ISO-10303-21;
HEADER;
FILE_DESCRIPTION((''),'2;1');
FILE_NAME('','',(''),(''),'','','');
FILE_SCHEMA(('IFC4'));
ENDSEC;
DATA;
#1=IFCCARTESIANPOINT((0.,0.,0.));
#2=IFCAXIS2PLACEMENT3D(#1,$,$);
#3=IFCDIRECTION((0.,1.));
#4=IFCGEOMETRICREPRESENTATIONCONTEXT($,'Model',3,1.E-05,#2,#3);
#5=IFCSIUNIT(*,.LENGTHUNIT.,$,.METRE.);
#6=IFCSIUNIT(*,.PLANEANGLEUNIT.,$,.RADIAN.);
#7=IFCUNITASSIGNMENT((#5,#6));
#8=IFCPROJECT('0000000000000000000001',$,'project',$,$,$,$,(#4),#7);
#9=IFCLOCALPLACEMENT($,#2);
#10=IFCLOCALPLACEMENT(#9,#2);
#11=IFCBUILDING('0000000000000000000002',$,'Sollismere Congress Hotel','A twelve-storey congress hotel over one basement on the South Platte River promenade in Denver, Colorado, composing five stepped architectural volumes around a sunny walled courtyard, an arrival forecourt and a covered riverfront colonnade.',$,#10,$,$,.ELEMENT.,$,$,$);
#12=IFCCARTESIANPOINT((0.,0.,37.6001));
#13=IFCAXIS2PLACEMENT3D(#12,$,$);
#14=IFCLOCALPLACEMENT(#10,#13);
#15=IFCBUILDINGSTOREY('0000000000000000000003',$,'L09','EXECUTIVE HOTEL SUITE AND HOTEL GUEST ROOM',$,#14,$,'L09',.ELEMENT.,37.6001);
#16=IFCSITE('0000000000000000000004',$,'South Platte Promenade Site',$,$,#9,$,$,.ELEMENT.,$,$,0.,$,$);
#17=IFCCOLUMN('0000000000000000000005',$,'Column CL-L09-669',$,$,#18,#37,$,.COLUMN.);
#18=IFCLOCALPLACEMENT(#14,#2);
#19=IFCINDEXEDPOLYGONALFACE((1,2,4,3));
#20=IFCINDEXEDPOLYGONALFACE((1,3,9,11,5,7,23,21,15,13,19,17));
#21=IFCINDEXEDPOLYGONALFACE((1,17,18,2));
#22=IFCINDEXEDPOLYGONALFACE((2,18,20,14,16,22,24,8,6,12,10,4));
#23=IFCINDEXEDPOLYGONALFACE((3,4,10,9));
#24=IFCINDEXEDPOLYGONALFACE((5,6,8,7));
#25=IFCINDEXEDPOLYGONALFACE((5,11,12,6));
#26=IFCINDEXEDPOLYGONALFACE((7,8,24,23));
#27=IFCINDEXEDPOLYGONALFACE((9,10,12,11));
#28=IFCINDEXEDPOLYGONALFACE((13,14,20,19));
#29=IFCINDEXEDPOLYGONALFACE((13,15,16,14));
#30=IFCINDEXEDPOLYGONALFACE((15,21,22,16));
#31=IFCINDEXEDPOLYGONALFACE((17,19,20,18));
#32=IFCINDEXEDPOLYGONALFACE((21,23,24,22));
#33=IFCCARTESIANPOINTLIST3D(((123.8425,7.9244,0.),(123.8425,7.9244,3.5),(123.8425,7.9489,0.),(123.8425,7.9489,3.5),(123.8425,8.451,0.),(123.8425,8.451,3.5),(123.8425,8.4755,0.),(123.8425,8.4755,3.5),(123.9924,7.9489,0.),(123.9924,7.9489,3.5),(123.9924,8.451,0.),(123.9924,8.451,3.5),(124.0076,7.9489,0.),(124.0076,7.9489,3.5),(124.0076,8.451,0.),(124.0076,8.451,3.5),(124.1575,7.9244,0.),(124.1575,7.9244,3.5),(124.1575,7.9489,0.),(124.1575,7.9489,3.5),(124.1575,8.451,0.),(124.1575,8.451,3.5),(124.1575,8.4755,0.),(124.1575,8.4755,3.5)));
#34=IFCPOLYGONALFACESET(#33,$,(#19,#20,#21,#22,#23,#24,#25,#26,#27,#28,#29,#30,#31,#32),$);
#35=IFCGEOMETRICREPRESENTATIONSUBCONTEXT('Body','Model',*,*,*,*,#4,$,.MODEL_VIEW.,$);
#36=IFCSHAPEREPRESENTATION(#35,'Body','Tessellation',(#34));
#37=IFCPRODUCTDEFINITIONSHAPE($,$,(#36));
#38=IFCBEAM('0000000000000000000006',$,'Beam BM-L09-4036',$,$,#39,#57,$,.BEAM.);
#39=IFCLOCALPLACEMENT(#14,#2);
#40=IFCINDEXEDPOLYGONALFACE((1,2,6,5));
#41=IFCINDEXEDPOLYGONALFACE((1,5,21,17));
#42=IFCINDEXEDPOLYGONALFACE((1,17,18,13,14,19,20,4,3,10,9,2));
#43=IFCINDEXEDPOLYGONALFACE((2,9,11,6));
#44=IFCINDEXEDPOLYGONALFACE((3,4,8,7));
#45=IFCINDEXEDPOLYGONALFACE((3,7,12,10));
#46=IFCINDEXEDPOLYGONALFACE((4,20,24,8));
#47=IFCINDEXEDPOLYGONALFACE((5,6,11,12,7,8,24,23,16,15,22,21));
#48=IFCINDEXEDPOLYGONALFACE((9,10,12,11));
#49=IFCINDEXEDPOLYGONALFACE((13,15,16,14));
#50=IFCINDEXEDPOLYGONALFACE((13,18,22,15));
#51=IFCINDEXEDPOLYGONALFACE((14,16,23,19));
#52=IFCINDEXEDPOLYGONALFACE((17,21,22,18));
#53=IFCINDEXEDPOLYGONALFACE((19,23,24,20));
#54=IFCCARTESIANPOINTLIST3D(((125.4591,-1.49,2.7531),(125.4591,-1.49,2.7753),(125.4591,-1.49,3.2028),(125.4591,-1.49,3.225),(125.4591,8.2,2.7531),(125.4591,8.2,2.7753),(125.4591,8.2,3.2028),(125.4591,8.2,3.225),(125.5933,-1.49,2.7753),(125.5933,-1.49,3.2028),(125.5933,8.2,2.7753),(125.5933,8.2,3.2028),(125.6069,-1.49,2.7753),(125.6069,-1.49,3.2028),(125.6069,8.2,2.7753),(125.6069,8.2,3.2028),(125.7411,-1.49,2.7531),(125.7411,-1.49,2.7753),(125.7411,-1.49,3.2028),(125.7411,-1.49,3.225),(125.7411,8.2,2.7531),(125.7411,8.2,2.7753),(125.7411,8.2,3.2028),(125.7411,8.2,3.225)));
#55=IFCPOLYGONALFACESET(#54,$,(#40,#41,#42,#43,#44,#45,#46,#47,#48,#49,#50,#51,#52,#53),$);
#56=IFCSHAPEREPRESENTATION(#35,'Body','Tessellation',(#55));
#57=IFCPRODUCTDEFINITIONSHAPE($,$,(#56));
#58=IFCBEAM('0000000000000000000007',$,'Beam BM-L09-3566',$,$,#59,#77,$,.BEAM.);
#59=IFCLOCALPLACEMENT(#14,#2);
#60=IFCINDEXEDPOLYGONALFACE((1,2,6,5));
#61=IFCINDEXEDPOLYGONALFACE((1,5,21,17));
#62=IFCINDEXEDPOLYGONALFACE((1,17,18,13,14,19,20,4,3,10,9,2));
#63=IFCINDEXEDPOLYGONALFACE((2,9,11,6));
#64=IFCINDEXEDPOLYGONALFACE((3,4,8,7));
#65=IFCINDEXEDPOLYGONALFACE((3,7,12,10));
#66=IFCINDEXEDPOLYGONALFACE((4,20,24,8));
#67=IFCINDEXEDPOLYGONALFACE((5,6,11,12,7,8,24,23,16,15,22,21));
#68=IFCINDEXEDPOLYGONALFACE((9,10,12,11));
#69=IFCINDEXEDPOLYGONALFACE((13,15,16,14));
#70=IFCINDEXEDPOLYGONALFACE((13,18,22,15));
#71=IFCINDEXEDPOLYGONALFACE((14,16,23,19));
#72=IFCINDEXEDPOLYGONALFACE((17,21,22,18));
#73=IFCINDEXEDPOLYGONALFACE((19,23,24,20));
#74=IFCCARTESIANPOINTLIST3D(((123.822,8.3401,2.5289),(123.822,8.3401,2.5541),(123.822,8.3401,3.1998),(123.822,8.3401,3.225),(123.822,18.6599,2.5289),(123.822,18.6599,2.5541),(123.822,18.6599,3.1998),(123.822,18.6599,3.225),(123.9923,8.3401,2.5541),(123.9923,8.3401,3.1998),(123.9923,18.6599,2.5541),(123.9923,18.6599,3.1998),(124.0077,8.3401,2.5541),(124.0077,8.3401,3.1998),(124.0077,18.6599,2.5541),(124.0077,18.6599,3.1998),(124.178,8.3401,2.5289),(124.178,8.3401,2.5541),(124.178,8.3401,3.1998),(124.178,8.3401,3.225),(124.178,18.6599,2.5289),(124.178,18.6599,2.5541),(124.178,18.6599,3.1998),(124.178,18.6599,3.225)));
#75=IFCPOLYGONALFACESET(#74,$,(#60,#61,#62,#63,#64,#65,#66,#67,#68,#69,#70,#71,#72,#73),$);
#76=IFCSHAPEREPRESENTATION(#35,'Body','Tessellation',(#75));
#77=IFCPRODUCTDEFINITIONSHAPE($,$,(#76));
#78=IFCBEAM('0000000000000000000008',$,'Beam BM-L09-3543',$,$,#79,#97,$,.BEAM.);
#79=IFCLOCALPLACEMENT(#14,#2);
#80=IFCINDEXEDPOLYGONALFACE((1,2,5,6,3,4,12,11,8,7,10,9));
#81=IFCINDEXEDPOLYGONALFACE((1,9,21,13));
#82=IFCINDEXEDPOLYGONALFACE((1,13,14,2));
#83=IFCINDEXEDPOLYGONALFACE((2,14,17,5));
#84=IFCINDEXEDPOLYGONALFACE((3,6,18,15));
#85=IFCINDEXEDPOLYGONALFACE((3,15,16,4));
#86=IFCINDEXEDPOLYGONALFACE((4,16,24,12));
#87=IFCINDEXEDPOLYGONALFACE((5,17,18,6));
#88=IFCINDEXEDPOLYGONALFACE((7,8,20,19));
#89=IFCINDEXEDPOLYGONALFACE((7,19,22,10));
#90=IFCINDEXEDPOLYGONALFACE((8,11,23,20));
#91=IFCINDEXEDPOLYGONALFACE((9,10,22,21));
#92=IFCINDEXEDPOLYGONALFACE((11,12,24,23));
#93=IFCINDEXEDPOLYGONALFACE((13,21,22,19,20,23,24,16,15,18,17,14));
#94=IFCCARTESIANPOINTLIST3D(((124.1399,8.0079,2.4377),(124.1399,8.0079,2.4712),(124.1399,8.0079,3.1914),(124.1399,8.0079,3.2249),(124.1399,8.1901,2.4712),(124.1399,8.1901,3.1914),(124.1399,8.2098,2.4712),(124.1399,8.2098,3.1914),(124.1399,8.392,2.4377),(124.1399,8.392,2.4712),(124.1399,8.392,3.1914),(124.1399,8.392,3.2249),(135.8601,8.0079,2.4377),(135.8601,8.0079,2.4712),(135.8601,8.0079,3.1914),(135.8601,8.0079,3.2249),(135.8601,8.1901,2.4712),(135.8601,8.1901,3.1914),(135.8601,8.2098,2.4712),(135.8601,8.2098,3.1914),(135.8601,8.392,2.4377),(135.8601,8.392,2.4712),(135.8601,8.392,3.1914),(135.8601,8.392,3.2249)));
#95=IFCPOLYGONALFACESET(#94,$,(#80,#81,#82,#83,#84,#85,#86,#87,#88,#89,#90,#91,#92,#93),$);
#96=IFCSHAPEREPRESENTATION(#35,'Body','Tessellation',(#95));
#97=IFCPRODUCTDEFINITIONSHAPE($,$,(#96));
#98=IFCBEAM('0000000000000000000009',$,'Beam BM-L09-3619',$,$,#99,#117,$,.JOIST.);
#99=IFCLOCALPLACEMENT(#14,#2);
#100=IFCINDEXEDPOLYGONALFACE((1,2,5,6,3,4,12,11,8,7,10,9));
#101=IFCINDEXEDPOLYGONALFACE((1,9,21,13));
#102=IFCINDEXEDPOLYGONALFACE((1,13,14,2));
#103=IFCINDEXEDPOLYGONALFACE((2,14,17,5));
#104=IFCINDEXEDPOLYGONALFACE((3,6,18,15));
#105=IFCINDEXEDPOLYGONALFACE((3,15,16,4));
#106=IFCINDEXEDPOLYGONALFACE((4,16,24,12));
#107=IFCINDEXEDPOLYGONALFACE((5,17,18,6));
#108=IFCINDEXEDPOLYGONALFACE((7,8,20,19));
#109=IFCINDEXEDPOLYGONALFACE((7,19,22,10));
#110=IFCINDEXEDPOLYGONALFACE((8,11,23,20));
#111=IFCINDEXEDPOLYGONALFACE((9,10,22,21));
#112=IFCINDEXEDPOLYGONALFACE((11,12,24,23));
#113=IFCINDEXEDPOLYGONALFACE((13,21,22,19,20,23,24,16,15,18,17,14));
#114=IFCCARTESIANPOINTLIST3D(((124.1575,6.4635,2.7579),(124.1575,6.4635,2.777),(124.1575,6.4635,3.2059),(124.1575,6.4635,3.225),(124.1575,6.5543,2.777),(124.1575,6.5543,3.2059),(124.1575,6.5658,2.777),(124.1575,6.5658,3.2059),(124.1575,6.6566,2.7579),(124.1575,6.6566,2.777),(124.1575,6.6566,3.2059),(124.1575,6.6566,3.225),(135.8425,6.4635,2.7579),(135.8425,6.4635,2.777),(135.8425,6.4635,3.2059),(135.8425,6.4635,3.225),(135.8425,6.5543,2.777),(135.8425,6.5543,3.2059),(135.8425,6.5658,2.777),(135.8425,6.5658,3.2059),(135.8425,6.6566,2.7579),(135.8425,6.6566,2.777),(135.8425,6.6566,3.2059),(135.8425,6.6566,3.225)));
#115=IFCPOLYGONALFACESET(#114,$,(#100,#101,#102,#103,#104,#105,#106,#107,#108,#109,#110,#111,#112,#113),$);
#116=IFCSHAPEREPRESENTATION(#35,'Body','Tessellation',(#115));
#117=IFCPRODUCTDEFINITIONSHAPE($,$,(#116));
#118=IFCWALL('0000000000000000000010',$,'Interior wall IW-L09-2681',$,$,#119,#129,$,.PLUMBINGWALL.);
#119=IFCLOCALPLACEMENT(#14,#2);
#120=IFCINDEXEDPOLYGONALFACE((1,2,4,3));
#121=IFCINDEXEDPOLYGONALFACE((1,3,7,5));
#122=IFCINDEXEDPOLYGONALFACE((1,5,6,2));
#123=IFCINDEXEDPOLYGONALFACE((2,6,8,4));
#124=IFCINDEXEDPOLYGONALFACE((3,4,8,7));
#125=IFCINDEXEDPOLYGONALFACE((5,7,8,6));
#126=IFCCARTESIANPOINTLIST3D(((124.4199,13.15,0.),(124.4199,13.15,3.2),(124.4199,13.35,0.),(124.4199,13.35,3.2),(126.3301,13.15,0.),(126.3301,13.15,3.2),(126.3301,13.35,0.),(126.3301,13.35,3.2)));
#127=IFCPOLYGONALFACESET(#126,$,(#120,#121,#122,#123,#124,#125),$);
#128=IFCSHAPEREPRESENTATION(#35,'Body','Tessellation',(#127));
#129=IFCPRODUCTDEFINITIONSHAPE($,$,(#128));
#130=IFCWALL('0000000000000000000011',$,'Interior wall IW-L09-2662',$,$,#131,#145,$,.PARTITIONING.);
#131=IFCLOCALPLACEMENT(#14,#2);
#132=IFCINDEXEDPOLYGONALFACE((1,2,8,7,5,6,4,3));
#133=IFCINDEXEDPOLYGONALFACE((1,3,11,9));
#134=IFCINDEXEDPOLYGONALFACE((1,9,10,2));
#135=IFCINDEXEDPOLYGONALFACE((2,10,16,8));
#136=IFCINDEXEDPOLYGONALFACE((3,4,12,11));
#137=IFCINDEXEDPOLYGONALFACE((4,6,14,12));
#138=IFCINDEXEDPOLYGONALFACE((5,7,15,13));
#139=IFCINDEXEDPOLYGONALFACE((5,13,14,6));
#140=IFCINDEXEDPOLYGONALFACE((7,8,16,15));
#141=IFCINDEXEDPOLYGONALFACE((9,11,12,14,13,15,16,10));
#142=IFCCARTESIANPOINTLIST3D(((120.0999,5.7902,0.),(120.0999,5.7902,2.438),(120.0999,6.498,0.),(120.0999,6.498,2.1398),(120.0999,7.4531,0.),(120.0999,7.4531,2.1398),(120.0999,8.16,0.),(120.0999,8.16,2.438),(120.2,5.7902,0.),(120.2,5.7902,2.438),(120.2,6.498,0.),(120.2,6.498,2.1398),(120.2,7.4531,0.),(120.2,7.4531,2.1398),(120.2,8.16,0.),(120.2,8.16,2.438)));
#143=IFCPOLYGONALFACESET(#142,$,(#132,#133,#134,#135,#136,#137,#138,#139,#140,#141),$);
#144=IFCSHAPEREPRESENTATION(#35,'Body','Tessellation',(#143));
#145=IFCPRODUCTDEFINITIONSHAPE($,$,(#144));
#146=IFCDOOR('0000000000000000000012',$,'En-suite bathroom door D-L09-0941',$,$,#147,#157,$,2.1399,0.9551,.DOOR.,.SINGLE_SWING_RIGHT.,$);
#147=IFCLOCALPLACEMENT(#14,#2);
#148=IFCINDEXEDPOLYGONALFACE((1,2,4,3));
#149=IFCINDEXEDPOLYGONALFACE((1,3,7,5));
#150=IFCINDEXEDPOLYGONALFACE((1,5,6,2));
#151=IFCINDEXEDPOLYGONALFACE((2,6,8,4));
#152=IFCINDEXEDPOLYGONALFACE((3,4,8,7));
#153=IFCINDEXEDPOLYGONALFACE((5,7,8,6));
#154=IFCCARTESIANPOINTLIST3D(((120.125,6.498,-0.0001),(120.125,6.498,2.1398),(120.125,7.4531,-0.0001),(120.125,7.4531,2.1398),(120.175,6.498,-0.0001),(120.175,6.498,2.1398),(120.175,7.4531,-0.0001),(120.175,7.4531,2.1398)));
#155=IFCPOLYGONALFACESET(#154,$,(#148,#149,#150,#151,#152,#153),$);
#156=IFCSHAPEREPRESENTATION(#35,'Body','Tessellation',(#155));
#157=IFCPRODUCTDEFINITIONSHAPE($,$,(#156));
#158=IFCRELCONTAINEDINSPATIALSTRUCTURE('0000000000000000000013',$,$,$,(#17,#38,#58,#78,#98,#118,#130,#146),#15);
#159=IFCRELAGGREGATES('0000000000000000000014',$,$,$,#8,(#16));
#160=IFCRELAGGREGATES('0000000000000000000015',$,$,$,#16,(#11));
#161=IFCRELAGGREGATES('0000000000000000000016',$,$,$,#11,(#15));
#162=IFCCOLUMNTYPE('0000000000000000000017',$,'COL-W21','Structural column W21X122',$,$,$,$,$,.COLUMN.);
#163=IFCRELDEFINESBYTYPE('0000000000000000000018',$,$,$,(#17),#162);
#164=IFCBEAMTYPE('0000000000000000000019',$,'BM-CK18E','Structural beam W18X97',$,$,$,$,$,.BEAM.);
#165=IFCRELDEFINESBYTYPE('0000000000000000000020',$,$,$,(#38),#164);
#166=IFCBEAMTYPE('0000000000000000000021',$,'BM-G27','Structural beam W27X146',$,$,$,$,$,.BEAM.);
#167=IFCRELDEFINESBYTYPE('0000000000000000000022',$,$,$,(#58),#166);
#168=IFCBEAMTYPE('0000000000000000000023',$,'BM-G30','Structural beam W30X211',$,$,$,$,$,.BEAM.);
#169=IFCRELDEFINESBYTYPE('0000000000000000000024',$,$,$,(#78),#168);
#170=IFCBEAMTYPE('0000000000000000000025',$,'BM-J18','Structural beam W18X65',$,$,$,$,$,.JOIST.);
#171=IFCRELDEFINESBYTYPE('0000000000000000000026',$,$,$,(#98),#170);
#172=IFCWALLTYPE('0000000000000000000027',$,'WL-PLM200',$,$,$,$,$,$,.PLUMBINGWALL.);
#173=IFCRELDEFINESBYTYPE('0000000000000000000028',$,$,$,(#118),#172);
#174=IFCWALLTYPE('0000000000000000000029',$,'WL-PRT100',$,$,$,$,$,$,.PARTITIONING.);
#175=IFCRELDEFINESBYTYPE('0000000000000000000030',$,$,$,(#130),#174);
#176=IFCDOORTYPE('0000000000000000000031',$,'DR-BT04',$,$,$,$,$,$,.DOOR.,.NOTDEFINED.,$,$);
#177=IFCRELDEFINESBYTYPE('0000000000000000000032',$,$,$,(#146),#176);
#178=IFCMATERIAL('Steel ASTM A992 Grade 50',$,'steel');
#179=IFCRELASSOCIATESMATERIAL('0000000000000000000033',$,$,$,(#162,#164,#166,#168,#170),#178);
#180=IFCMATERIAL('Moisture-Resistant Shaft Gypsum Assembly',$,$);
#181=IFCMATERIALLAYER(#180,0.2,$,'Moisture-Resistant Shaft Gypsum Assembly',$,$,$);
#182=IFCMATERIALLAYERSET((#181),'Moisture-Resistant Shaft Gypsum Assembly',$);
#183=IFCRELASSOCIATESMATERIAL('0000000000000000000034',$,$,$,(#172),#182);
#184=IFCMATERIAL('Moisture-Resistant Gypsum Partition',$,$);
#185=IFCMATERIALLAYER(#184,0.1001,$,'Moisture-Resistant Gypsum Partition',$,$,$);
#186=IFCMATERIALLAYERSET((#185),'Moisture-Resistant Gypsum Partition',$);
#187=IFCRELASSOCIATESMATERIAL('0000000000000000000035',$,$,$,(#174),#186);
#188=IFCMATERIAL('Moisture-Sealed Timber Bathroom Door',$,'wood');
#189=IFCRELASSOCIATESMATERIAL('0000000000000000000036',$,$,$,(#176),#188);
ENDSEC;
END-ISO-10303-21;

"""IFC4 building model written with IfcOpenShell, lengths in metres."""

from ifc_helpers import new_model, si_unit, direction, frame, frame_2d, origin, origin_2d, place, context, subcontext, project, spatial, rectangle, i_section, extrude, material, layer, layer_set, material_profile, profile_set, type_object, element, fill, save


model = new_model("IFC4")

# Units and contexts
model_context = context("Model", 3, precision=1e-05, world=origin(), true_north=direction((0.0, 1.0)))
body_context = subcontext(model_context, "Body", "Model", "MODEL_VIEW")
ifc_project = project(units=[si_unit("LENGTHUNIT", "METRE"), si_unit("PLANEANGLEUNIT", "RADIAN")], contexts=[model_context])

# Site, building, storey
site_placement = place(None, origin())
site = spatial("IfcSite", under=ifc_project, at=site_placement, Name="South Platte Promenade Site", CompositionType="ELEMENT", RefElevation=0.0)
building_placement = place(site_placement, origin())
building = spatial("IfcBuilding", under=site, at=building_placement, Name="Sollismere Congress Hotel", Description="A twelve-storey congress hotel over one basement on the South Platte River promenade in Denver, Colorado, composing five stepped architectural volumes around a sunny walled courtyard, an arrival forecourt and a covered riverfront colonnade.", CompositionType="ELEMENT")
storey_placement = place(building_placement, frame((0.0, 0.0, 37.6001)))
storey = spatial("IfcBuildingStorey", under=building, at=storey_placement, Name="L09", Description="EXECUTIVE HOTEL SUITE AND HOTEL GUEST ROOM", LongName="L09", CompositionType="ELEMENT", Elevation=37.6001)

# Column
ifc_material_1 = material(Name="Steel ASTM A992 Grade 50", Category="steel")
ifc_material_profile_1 = material_profile(ifc_material_1, i_section(OverallWidth=0.3149, OverallDepth=0.551, WebThickness=0.0151, FlangeThickness=0.0244, at=origin_2d()), Name="W21X122")
ifc_profile_set_1 = profile_set([ifc_material_profile_1], Name="Steel ASTM A992 Grade 50")
column_type = type_object("IfcColumnType", Name="COL-W21", Description="Structural column W21X122", PredefinedType="COLUMN", material=ifc_profile_set_1)
column_placement = place(storey_placement, frame((124.0, 8.2, 0.0), z_axis=(0.0, 0.0, 1.0), x_axis=(1.0, 0.0, 0.0)))
element("IfcColumn", 1, at=column_placement, inside=storey, type_object=column_type, Name="Column CL-L09-669", PredefinedType="COLUMN", context=body_context, shape_type="SweptSolid", body=[
    extrude(i_section(OverallWidth=0.3149, OverallDepth=0.551, WebThickness=0.0151, FlangeThickness=0.0244, at=origin_2d()), origin(), (0.0, 0.0, 1.0), 3.5),
])

# Beams
ifc_material_profile_2 = material_profile(ifc_material_1, i_section(OverallWidth=0.282, OverallDepth=0.4719, WebThickness=0.0137, FlangeThickness=0.0222, at=origin_2d()), Name="W18X97")
ifc_profile_set_2 = profile_set([ifc_material_profile_2], Name="Steel ASTM A992 Grade 50")
beam_type_1 = type_object("IfcBeamType", Name="BM-CK18E", Description="Structural beam W18X97", PredefinedType="BEAM", material=ifc_profile_set_2)
beam_1_placement = place(storey_placement, frame((125.6001, 8.2, 2.989), z_axis=(0.0, -1.0, 0.0), x_axis=(1.0, 0.0, 0.0)))
element("IfcBeam", 2, at=beam_1_placement, inside=storey, type_object=beam_type_1, Name="Beam BM-L09-4036", PredefinedType="BEAM", context=body_context, shape_type="SweptSolid", body=[
    extrude(i_section(OverallWidth=0.282, OverallDepth=0.4719, WebThickness=0.0137, FlangeThickness=0.0222, at=origin_2d()), origin(), (0.0, 0.0, 1.0), 9.6899),
])
ifc_material_profile_3 = material_profile(ifc_material_1, i_section(OverallWidth=0.356, OverallDepth=0.696, WebThickness=0.0154, FlangeThickness=0.0251, at=origin_2d()), Name="W27X146")
ifc_profile_set_3 = profile_set([ifc_material_profile_3], Name="Steel ASTM A992 Grade 50")
beam_type_2 = type_object("IfcBeamType", Name="BM-G27", Description="Structural beam W27X146", PredefinedType="BEAM", material=ifc_profile_set_3)
beam_2_placement = place(storey_placement, frame((124.0, 8.3401, 2.877), z_axis=(0.0, 1.0, 0.0), x_axis=(-1.0, 0.0, 0.0)))
element("IfcBeam", 3, at=beam_2_placement, inside=storey, type_object=beam_type_2, Name="Beam BM-L09-3566", PredefinedType="BEAM", context=body_context, shape_type="SweptSolid", body=[
    extrude(i_section(OverallWidth=0.356, OverallDepth=0.696, WebThickness=0.0154, FlangeThickness=0.0251, at=origin_2d()), origin(), (0.0, 0.0, 1.0), 10.3198),
])
ifc_material_profile_4 = material_profile(ifc_material_1, i_section(OverallWidth=0.384, OverallDepth=0.7871, WebThickness=0.0198, FlangeThickness=0.0334, at=origin_2d()), Name="W30X211")
ifc_profile_set_4 = profile_set([ifc_material_profile_4], Name="Steel ASTM A992 Grade 50")
beam_type_3 = type_object("IfcBeamType", Name="BM-G30", Description="Structural beam W30X211", PredefinedType="BEAM", material=ifc_profile_set_4)
beam_3_placement = place(storey_placement, frame((124.1399, 8.2, 2.8313), z_axis=(1.0, 0.0, 0.0), x_axis=(0.0, 1.0, 0.0)))
element("IfcBeam", 4, at=beam_3_placement, inside=storey, type_object=beam_type_3, Name="Beam BM-L09-3543", PredefinedType="BEAM", context=body_context, shape_type="SweptSolid", body=[
    extrude(i_section(OverallWidth=0.384, OverallDepth=0.7871, WebThickness=0.0198, FlangeThickness=0.0334, at=origin_2d()), origin(), (0.0, 0.0, 1.0), 11.7202),
])
ifc_material_profile_5 = material_profile(ifc_material_1, i_section(OverallWidth=0.1931, OverallDepth=0.467, WebThickness=0.0115, FlangeThickness=0.019, at=origin_2d()), Name="W18X65")
ifc_profile_set_5 = profile_set([ifc_material_profile_5], Name="Steel ASTM A992 Grade 50")
beam_type_4 = type_object("IfcBeamType", Name="BM-J18", Description="Structural beam W18X65", PredefinedType="JOIST", material=ifc_profile_set_5)
beam_4_placement = place(storey_placement, frame((124.1575, 6.5601, 2.9915), z_axis=(1.0, 0.0, 0.0), x_axis=(0.0, 1.0, 0.0)))
element("IfcBeam", 5, at=beam_4_placement, inside=storey, type_object=beam_type_4, Name="Beam BM-L09-3619", PredefinedType="JOIST", context=body_context, shape_type="SweptSolid", body=[
    extrude(i_section(OverallWidth=0.1931, OverallDepth=0.467, WebThickness=0.0115, FlangeThickness=0.019, at=origin_2d()), origin(), (0.0, 0.0, 1.0), 11.6851),
])

# Wall
ifc_material_2 = material(Name="Moisture-Resistant Shaft Gypsum Assembly")
ifc_layer_1 = layer(ifc_material_2, 0.2, Name="Moisture-Resistant Shaft Gypsum Assembly")
ifc_layer_set_1 = layer_set([ifc_layer_1], Name="Moisture-Resistant Shaft Gypsum Assembly")
wall_type_1 = type_object("IfcWallType", Name="WL-PLM200", PredefinedType="PLUMBINGWALL", material=ifc_layer_set_1)
wall_1_placement = place(storey_placement, frame((124.4199, 13.25, 0.0), z_axis=(0.0, 0.0, 1.0), x_axis=(1.0, 0.0, 0.0)))
element("IfcWall", 6, at=wall_1_placement, inside=storey, type_object=wall_type_1, Name="Interior wall IW-L09-2681", PredefinedType="PLUMBINGWALL", context=body_context, shape_type="SweptSolid", body=[
    extrude(rectangle(XDim=1.9102, YDim=0.2, at=frame_2d((0.9551, 0.0))), origin(), (0.0, 0.0, 1.0), 3.2),
])

# Wall, opening, door
ifc_material_3 = material(Name="Moisture-Resistant Gypsum Partition")
ifc_layer_2 = layer(ifc_material_3, 0.1001, Name="Moisture-Resistant Gypsum Partition")
ifc_layer_set_2 = layer_set([ifc_layer_2], Name="Moisture-Resistant Gypsum Partition")
wall_type_2 = type_object("IfcWallType", Name="WL-PRT100", PredefinedType="PARTITIONING", material=ifc_layer_set_2)
wall_2_placement = place(storey_placement, frame((120.1499, 5.79, 0.0), z_axis=(0.0, 0.0, 1.0), x_axis=(0.0, 1.0, 0.0)))
wall_2 = element("IfcWall", 7, at=wall_2_placement, inside=storey, type_object=wall_type_2, Name="Interior wall IW-L09-2662", PredefinedType="PARTITIONING", context=body_context, shape_type="SweptSolid", body=[
    extrude(rectangle(XDim=2.3699, YDim=0.1001, at=frame_2d((1.1851, 0.0))), origin(), (0.0, 0.0, 1.0), 2.438),
])
opening_1_placement = place(wall_2_placement, frame((0.708, 0.0, 0.0)))
opening_1 = element("IfcOpeningElement", 8, at=opening_1_placement, cuts=wall_2, PredefinedType="OPENING", context=body_context, shape_type="SweptSolid", body=[
    extrude(rectangle(XDim=0.9551, YDim=2.1399, at=frame_2d((0.4775, 1.0698))), frame((0.0, 0.0601, 0.0), z_axis=(0.0, -1.0, 0.0), x_axis=(1.0, 0.0, 0.0)), (0.0, 0.0, 1.0), 0.1201),
])
ifc_material_4 = material(Name="Moisture-Sealed Timber Bathroom Door", Category="wood")
door_type_1 = type_object("IfcDoorType", Name="DR-BT04", OperationType="NOTDEFINED", PredefinedType="DOOR", material=ifc_material_4)
door_1_placement = place(opening_1_placement, origin())
door_1 = element("IfcDoor", 9, at=door_1_placement, inside=storey, type_object=door_type_1, Name="En-suite bathroom door D-L09-0941", OperationType="SINGLE_SWING_RIGHT", OverallHeight=2.1399, OverallWidth=0.9551, PredefinedType="DOOR", context=body_context, shape_type="SweptSolid", body=[
    extrude(rectangle(XDim=0.9551, YDim=2.1399, at=frame_2d((0.4775, 1.0698))), frame((0.0, 0.0249, 0.0), z_axis=(0.0, -1.0, 0.0), x_axis=(1.0, 0.0, 0.0)), (0.0, 0.0, 1.0), 0.05),
])
fill(opening_1, door_1)

save(model, "model.ifc")
